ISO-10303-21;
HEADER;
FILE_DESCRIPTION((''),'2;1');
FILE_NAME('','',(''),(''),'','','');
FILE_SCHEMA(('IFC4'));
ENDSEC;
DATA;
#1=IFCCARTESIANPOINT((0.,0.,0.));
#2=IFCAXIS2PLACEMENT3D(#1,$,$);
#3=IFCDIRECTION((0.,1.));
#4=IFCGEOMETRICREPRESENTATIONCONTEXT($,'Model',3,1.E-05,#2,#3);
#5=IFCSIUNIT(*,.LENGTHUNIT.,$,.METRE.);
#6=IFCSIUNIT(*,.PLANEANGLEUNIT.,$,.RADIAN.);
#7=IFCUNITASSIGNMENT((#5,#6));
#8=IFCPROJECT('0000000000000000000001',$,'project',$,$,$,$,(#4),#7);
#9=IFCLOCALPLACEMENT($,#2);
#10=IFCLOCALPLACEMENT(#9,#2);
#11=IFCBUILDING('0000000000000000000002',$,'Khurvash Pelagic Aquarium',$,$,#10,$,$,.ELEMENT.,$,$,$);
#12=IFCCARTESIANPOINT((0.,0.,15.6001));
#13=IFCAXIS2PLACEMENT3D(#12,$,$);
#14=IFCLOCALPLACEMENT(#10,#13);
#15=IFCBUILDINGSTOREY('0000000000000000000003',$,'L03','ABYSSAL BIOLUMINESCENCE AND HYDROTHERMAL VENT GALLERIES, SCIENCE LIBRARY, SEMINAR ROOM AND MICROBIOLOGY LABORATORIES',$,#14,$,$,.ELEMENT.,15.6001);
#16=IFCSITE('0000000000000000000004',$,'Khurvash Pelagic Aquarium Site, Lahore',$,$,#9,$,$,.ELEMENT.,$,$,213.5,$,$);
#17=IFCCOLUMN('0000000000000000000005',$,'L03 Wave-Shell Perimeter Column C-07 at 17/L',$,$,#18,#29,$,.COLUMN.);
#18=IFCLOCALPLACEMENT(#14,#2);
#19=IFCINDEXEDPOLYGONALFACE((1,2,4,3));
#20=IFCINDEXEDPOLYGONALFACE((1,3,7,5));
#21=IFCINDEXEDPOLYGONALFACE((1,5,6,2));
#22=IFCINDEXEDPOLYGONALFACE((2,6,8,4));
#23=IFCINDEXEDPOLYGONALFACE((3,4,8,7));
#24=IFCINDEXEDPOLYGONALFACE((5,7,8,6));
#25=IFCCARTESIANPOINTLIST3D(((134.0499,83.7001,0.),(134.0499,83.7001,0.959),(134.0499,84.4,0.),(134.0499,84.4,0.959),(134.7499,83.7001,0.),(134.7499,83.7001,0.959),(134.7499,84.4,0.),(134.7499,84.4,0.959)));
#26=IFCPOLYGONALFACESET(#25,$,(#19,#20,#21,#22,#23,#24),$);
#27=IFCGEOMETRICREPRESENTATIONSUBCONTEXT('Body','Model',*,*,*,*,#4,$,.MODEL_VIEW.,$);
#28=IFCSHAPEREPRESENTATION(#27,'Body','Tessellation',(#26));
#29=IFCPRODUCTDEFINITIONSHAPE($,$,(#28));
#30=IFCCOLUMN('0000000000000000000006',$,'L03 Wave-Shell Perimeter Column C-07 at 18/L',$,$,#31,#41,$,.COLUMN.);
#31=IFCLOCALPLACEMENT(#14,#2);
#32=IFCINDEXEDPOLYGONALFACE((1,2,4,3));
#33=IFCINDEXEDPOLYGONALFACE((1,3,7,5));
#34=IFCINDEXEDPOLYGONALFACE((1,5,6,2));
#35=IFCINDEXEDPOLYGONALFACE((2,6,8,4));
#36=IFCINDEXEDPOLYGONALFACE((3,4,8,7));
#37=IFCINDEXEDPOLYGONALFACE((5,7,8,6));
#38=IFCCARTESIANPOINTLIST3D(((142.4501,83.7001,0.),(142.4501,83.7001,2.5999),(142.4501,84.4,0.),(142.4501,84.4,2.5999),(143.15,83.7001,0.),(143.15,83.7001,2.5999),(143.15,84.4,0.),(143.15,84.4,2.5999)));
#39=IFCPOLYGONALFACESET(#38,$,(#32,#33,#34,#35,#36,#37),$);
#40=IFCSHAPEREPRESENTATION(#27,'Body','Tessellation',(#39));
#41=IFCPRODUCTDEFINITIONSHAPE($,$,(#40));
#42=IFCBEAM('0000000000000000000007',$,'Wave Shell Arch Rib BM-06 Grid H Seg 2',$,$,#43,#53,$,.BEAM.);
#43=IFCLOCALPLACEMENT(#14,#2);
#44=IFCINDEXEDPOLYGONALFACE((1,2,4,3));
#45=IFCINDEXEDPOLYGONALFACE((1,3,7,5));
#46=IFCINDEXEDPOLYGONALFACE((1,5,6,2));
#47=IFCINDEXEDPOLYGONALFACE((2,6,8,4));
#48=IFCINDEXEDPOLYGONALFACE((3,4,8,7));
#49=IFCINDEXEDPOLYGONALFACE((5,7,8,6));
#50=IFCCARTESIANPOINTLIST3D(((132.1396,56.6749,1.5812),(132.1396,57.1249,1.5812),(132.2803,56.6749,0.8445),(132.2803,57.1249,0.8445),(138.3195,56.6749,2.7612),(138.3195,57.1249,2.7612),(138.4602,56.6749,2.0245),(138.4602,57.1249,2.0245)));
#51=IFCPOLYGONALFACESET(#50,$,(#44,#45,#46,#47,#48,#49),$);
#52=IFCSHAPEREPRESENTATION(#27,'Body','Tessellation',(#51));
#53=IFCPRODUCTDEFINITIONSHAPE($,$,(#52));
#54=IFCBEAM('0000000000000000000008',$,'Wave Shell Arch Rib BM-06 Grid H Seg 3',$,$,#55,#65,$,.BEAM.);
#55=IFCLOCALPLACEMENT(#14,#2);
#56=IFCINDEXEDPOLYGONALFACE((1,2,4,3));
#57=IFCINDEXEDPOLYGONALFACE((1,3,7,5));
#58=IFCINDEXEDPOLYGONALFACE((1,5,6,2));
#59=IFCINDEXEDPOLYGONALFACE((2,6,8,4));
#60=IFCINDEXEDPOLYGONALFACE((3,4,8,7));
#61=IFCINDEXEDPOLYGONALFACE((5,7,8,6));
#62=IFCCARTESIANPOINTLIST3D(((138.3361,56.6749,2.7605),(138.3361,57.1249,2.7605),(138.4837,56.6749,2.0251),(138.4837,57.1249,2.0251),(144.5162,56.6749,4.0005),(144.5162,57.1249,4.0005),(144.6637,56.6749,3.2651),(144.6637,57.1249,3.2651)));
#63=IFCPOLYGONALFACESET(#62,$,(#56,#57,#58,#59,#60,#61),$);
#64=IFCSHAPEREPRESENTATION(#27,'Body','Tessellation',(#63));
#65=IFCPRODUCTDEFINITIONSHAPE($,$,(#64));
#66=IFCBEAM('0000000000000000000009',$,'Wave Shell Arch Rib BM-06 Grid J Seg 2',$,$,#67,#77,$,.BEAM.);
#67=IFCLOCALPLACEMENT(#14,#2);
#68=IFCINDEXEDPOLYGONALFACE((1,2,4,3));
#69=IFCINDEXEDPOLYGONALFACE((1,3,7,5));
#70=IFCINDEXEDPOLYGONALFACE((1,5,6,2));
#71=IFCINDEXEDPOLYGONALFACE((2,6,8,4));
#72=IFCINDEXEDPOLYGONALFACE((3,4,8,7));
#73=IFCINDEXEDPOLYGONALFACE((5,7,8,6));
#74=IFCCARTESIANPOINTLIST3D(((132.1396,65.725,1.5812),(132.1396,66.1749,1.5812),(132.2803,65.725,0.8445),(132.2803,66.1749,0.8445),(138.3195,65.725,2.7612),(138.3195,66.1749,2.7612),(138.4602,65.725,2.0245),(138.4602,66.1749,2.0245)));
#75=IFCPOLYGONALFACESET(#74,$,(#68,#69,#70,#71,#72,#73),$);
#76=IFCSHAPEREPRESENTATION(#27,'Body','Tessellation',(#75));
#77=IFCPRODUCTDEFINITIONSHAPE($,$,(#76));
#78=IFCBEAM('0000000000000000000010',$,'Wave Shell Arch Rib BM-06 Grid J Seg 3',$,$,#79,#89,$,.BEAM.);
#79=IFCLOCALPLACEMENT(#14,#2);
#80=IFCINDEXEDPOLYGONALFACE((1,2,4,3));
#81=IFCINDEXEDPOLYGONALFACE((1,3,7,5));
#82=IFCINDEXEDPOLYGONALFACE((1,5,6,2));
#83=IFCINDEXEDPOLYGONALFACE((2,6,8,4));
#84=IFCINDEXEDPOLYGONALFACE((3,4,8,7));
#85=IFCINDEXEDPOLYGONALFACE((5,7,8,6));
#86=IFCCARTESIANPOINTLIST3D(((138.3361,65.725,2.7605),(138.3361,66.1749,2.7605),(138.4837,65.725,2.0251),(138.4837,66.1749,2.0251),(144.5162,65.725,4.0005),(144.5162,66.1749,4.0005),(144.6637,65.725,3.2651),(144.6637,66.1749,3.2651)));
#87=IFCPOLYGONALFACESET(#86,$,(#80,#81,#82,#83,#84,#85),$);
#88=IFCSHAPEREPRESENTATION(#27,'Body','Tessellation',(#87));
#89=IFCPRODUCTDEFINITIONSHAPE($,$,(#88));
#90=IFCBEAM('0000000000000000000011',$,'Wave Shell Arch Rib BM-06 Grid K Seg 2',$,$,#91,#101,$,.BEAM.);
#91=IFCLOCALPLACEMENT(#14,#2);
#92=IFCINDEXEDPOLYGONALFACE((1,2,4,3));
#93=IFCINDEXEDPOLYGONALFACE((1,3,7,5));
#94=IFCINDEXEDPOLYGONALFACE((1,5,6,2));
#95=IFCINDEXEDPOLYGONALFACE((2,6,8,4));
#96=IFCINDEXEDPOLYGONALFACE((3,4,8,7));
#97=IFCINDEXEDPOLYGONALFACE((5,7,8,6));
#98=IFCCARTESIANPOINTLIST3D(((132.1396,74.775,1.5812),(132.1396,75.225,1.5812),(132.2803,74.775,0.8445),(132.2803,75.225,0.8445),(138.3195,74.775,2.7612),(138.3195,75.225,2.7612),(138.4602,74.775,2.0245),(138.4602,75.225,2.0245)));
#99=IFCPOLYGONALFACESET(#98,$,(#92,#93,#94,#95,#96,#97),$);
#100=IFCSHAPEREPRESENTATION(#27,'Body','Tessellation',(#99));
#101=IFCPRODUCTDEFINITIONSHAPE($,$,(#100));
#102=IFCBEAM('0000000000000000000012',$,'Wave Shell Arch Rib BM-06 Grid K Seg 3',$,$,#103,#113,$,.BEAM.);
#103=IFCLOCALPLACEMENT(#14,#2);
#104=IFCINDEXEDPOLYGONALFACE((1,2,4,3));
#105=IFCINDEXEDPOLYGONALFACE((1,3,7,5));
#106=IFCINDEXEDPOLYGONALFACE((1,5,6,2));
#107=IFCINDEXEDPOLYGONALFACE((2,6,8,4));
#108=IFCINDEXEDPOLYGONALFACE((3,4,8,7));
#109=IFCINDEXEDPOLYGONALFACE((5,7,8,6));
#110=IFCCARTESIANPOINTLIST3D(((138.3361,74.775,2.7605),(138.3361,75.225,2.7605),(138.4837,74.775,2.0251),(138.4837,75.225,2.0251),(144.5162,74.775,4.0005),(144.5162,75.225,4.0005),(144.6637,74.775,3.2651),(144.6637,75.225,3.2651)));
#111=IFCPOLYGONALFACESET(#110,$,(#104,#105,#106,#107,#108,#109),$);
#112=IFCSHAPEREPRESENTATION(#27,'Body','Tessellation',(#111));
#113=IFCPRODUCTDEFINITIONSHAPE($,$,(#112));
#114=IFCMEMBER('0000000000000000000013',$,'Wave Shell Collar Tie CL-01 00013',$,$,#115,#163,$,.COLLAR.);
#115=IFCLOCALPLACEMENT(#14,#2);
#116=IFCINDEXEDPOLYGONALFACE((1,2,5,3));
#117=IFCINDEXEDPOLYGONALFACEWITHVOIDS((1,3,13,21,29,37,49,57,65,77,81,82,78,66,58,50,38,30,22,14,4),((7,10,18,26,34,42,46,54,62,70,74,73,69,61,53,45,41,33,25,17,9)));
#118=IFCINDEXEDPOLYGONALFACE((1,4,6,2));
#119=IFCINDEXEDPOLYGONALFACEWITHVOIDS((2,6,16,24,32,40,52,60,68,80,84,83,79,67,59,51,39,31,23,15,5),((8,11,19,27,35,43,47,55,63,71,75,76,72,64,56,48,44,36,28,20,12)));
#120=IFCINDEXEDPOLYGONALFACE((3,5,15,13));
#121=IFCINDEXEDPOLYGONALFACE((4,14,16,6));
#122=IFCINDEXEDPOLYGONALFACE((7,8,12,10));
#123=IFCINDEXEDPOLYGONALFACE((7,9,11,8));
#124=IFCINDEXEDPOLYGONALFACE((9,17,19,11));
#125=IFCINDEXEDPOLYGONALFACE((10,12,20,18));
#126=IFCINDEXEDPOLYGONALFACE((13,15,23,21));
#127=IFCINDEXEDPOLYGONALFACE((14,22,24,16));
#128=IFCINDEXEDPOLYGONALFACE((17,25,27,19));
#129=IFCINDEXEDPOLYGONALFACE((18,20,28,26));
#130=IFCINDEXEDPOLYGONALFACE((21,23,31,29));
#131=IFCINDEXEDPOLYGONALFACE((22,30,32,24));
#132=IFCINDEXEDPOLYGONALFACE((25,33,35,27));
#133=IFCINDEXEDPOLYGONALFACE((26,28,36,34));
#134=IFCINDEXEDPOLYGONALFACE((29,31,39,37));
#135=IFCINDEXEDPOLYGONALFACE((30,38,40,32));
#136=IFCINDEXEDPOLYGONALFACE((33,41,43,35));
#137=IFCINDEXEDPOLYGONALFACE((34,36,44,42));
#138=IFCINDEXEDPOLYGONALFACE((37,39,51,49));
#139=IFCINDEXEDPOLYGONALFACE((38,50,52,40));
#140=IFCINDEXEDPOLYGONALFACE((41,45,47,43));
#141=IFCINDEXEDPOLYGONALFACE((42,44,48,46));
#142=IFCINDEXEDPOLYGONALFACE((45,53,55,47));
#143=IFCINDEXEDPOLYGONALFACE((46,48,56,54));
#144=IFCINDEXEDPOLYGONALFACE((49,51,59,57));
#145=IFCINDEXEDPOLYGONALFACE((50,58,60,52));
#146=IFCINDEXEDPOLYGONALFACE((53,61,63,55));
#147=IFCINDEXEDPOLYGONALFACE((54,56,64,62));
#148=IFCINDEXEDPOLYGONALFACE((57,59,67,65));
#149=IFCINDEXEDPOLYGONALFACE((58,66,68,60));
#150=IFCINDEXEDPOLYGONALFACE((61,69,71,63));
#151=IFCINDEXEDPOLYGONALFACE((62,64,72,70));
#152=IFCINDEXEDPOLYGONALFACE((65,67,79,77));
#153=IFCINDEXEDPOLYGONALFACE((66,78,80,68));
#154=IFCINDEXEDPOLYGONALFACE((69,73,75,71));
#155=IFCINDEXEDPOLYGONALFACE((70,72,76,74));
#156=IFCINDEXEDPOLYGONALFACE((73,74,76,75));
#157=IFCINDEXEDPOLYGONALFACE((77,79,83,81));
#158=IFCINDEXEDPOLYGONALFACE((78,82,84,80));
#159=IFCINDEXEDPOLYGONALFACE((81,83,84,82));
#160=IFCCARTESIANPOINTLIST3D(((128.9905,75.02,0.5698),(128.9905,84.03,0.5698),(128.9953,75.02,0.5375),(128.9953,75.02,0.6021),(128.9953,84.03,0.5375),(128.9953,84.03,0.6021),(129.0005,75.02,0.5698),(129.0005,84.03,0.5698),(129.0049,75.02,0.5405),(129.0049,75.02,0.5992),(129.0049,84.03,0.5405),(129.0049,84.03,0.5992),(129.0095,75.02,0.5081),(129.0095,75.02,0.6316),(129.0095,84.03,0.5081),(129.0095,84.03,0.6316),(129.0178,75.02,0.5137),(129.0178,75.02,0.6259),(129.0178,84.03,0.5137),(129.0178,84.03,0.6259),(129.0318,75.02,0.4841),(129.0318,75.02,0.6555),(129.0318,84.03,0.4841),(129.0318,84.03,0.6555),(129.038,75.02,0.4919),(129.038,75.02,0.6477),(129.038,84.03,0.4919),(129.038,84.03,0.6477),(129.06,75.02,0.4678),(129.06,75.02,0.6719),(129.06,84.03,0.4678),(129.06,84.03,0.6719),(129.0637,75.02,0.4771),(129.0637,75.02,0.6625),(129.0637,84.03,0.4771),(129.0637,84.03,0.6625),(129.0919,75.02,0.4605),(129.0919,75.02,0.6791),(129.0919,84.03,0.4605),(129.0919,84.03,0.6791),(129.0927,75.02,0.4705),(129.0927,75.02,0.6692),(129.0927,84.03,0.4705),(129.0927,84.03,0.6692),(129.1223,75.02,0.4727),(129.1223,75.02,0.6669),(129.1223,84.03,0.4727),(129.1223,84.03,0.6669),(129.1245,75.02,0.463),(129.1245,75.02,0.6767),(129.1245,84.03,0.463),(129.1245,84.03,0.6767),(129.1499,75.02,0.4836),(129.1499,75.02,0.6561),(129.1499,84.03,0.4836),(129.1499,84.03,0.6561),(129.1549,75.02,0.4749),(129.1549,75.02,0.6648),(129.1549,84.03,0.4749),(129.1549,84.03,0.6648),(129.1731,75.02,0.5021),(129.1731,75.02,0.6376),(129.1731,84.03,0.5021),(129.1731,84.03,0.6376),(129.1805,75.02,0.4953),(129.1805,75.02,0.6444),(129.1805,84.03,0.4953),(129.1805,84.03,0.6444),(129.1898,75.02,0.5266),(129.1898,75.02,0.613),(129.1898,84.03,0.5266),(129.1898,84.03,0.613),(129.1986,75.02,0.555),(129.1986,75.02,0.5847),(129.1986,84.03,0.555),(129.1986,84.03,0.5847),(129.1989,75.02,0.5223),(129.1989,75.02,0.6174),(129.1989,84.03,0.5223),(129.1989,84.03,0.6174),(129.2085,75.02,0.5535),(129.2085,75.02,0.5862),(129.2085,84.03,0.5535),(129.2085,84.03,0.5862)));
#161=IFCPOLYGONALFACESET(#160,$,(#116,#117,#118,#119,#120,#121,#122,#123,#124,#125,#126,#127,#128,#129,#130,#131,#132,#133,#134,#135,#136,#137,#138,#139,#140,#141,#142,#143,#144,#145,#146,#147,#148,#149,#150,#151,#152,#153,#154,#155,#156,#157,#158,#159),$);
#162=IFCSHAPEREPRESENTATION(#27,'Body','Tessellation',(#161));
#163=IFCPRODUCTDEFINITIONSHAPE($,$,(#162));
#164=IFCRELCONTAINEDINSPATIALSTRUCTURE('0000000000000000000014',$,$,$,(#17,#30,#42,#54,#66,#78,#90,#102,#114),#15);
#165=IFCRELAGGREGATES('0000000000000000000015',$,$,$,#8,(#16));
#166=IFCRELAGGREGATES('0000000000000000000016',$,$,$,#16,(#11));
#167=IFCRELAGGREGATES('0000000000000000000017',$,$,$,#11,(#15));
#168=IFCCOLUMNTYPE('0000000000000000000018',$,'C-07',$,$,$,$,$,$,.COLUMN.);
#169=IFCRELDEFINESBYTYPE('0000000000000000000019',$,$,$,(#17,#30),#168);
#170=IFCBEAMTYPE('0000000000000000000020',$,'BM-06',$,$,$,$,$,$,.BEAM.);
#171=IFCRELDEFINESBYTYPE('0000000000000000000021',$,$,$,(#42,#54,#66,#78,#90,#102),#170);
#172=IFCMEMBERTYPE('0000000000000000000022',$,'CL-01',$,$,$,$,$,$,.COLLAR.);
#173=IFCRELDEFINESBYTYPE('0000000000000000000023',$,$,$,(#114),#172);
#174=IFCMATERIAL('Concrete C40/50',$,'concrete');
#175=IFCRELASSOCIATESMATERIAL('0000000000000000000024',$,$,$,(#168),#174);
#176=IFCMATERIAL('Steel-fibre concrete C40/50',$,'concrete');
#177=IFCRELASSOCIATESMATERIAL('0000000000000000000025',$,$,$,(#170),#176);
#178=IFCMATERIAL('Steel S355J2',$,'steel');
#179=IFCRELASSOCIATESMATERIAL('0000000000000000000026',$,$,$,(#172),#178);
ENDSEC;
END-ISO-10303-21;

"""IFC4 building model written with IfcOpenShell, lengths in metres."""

from ifc_helpers import new_model, si_unit, direction, frame, origin, origin_2d, place, context, subcontext, project, spatial, rectangle, hollow_circle, extrude, material, material_profile, profile_set, type_object, element, save


model = new_model("IFC4")

# Units and contexts
model_context = context("Model", 3, precision=1e-05, world=origin(), true_north=direction((0.0, 1.0)))
body_context = subcontext(model_context, "Body", "Model", "MODEL_VIEW")
ifc_project = project(units=[si_unit("LENGTHUNIT", "METRE"), si_unit("PLANEANGLEUNIT", "RADIAN")], contexts=[model_context])

# Site, building, storey
site_placement = place(None, origin())
site = spatial("IfcSite", under=ifc_project, at=site_placement, Name="Khurvash Pelagic Aquarium Site, Lahore", CompositionType="ELEMENT", RefElevation=213.5)
building_placement = place(site_placement, origin())
building = spatial("IfcBuilding", under=site, at=building_placement, Name="Khurvash Pelagic Aquarium", CompositionType="ELEMENT")
storey_placement = place(building_placement, frame((0.0, 0.0, 15.6001)))
storey = spatial("IfcBuildingStorey", under=building, at=storey_placement, Name="L03", Description="ABYSSAL BIOLUMINESCENCE AND HYDROTHERMAL VENT GALLERIES, SCIENCE LIBRARY, SEMINAR ROOM AND MICROBIOLOGY LABORATORIES", CompositionType="ELEMENT", Elevation=15.6001)

# Columns
ifc_material_1 = material(Name="Concrete C40/50", Category="concrete")
ifc_material_profile_1 = material_profile(ifc_material_1, rectangle(XDim=0.7, YDim=0.7, at=origin_2d()), Name="RC700X700")
ifc_profile_set_1 = profile_set([ifc_material_profile_1], Name="Concrete C40/50")
column_type = type_object("IfcColumnType", Name="C-07", PredefinedType="COLUMN", material=ifc_profile_set_1)
column_1_placement = place(storey_placement, frame((134.3999, 84.05, 0.0), z_axis=(0.0, 0.0, 1.0), x_axis=(1.0, 0.0, 0.0)))
element("IfcColumn", 1, at=column_1_placement, inside=storey, type_object=column_type, Name="L03 Wave-Shell Perimeter Column C-07 at 17/L", PredefinedType="COLUMN", context=body_context, shape_type="SweptSolid", body=[
    extrude(rectangle(XDim=0.7, YDim=0.7, at=origin_2d()), origin(), (0.0, 0.0, 1.0), 0.959),
])
column_2_placement = place(storey_placement, frame((142.8, 84.05, 0.0), z_axis=(0.0, 0.0, 1.0), x_axis=(1.0, 0.0, 0.0)))
element("IfcColumn", 2, at=column_2_placement, inside=storey, type_object=column_type, Name="L03 Wave-Shell Perimeter Column C-07 at 18/L", PredefinedType="COLUMN", context=body_context, shape_type="SweptSolid", body=[
    extrude(rectangle(XDim=0.7, YDim=0.7, at=origin_2d()), origin(), (0.0, 0.0, 1.0), 2.5999),
])

# Beams
ifc_material_2 = material(Name="Steel-fibre concrete C40/50", Category="concrete")
ifc_material_profile_2 = material_profile(ifc_material_2, rectangle(XDim=0.45, YDim=0.75, at=origin_2d()), Name="RC450X750")
ifc_profile_set_2 = profile_set([ifc_material_profile_2], Name="Steel-fibre concrete C40/50")
beam_type_1 = type_object("IfcBeamType", Name="BM-06", PredefinedType="BEAM", material=ifc_profile_set_2)
beam_1_placement = place(storey_placement, frame((132.21, 56.8999, 1.2129), z_axis=(0.982257, 0.0, 0.187542), x_axis=(0.0, 1.0, 0.0)))
element("IfcBeam", 3, at=beam_1_placement, inside=storey, type_object=beam_type_1, Name="Wave Shell Arch Rib BM-06 Grid H Seg 2", PredefinedType="BEAM", context=body_context, shape_type="SweptSolid", body=[
    extrude(rectangle(XDim=0.45, YDim=0.75, at=origin_2d()), origin(), (0.0, 0.0, 1.0), 6.2915),
])
beam_2_placement = place(storey_placement, frame((138.4099, 56.8999, 2.3928), z_axis=(0.98046, 0.0, 0.196719), x_axis=(0.0, 1.0, 0.0)))
element("IfcBeam", 4, at=beam_2_placement, inside=storey, type_object=beam_type_1, Name="Wave Shell Arch Rib BM-06 Grid H Seg 3", PredefinedType="BEAM", context=body_context, shape_type="SweptSolid", body=[
    extrude(rectangle(XDim=0.45, YDim=0.75, at=origin_2d()), origin(), (0.0, 0.0, 1.0), 6.3032),
])
beam_3_placement = place(storey_placement, frame((132.21, 65.95, 1.2129), z_axis=(0.982257, 0.0, 0.187542), x_axis=(0.0, 1.0, 0.0)))
element("IfcBeam", 5, at=beam_3_placement, inside=storey, type_object=beam_type_1, Name="Wave Shell Arch Rib BM-06 Grid J Seg 2", PredefinedType="BEAM", context=body_context, shape_type="SweptSolid", body=[
    extrude(rectangle(XDim=0.45, YDim=0.75, at=origin_2d()), origin(), (0.0, 0.0, 1.0), 6.2915),
])
beam_4_placement = place(storey_placement, frame((138.4099, 65.95, 2.3928), z_axis=(0.98046, 0.0, 0.196719), x_axis=(0.0, 1.0, 0.0)))
element("IfcBeam", 6, at=beam_4_placement, inside=storey, type_object=beam_type_1, Name="Wave Shell Arch Rib BM-06 Grid J Seg 3", PredefinedType="BEAM", context=body_context, shape_type="SweptSolid", body=[
    extrude(rectangle(XDim=0.45, YDim=0.75, at=origin_2d()), origin(), (0.0, 0.0, 1.0), 6.3032),
])
beam_5_placement = place(storey_placement, frame((132.21, 75.0, 1.2129), z_axis=(0.982257, 0.0, 0.187542), x_axis=(0.0, 1.0, 0.0)))
element("IfcBeam", 7, at=beam_5_placement, inside=storey, type_object=beam_type_1, Name="Wave Shell Arch Rib BM-06 Grid K Seg 2", PredefinedType="BEAM", context=body_context, shape_type="SweptSolid", body=[
    extrude(rectangle(XDim=0.45, YDim=0.75, at=origin_2d()), origin(), (0.0, 0.0, 1.0), 6.2915),
])
beam_6_placement = place(storey_placement, frame((138.4099, 75.0, 2.3928), z_axis=(0.98046, 0.0, 0.196719), x_axis=(0.0, 1.0, 0.0)))
element("IfcBeam", 8, at=beam_6_placement, inside=storey, type_object=beam_type_1, Name="Wave Shell Arch Rib BM-06 Grid K Seg 3", PredefinedType="BEAM", context=body_context, shape_type="SweptSolid", body=[
    extrude(rectangle(XDim=0.45, YDim=0.75, at=origin_2d()), origin(), (0.0, 0.0, 1.0), 6.3032),
])

# Member
ifc_material_3 = material(Name="Steel S355J2", Category="steel")
ifc_material_profile_3 = material_profile(ifc_material_3, hollow_circle(Radius=0.1096, WallThickness=0.01, at=origin_2d()), Name="CHS219X10")
ifc_profile_set_3 = profile_set([ifc_material_profile_3], Name="Steel S355J2")
member_type_1 = type_object("IfcMemberType", Name="CL-01", PredefinedType="COLLAR", material=ifc_profile_set_3)
for number, where, z_axis, x_axis, name in (
    (9, (129.1001, 75.02, 0.5698), (0.0, 1.0, 0.0), (-1.0, 0.0, 0.0), "Wave Shell Collar Tie CL-01 00013"),
):
    element("IfcMember", number, at=place(storey_placement, frame(where, z_axis=z_axis, x_axis=x_axis)), inside=storey, type_object=member_type_1, Name=name, PredefinedType="COLLAR", context=body_context, shape_type="SweptSolid", body=[
        extrude(hollow_circle(Radius=0.1096, WallThickness=0.01, at=origin_2d()), origin(), (0.0, 0.0, 1.0), 9.01),
    ])

save(model, "model.ifc")
